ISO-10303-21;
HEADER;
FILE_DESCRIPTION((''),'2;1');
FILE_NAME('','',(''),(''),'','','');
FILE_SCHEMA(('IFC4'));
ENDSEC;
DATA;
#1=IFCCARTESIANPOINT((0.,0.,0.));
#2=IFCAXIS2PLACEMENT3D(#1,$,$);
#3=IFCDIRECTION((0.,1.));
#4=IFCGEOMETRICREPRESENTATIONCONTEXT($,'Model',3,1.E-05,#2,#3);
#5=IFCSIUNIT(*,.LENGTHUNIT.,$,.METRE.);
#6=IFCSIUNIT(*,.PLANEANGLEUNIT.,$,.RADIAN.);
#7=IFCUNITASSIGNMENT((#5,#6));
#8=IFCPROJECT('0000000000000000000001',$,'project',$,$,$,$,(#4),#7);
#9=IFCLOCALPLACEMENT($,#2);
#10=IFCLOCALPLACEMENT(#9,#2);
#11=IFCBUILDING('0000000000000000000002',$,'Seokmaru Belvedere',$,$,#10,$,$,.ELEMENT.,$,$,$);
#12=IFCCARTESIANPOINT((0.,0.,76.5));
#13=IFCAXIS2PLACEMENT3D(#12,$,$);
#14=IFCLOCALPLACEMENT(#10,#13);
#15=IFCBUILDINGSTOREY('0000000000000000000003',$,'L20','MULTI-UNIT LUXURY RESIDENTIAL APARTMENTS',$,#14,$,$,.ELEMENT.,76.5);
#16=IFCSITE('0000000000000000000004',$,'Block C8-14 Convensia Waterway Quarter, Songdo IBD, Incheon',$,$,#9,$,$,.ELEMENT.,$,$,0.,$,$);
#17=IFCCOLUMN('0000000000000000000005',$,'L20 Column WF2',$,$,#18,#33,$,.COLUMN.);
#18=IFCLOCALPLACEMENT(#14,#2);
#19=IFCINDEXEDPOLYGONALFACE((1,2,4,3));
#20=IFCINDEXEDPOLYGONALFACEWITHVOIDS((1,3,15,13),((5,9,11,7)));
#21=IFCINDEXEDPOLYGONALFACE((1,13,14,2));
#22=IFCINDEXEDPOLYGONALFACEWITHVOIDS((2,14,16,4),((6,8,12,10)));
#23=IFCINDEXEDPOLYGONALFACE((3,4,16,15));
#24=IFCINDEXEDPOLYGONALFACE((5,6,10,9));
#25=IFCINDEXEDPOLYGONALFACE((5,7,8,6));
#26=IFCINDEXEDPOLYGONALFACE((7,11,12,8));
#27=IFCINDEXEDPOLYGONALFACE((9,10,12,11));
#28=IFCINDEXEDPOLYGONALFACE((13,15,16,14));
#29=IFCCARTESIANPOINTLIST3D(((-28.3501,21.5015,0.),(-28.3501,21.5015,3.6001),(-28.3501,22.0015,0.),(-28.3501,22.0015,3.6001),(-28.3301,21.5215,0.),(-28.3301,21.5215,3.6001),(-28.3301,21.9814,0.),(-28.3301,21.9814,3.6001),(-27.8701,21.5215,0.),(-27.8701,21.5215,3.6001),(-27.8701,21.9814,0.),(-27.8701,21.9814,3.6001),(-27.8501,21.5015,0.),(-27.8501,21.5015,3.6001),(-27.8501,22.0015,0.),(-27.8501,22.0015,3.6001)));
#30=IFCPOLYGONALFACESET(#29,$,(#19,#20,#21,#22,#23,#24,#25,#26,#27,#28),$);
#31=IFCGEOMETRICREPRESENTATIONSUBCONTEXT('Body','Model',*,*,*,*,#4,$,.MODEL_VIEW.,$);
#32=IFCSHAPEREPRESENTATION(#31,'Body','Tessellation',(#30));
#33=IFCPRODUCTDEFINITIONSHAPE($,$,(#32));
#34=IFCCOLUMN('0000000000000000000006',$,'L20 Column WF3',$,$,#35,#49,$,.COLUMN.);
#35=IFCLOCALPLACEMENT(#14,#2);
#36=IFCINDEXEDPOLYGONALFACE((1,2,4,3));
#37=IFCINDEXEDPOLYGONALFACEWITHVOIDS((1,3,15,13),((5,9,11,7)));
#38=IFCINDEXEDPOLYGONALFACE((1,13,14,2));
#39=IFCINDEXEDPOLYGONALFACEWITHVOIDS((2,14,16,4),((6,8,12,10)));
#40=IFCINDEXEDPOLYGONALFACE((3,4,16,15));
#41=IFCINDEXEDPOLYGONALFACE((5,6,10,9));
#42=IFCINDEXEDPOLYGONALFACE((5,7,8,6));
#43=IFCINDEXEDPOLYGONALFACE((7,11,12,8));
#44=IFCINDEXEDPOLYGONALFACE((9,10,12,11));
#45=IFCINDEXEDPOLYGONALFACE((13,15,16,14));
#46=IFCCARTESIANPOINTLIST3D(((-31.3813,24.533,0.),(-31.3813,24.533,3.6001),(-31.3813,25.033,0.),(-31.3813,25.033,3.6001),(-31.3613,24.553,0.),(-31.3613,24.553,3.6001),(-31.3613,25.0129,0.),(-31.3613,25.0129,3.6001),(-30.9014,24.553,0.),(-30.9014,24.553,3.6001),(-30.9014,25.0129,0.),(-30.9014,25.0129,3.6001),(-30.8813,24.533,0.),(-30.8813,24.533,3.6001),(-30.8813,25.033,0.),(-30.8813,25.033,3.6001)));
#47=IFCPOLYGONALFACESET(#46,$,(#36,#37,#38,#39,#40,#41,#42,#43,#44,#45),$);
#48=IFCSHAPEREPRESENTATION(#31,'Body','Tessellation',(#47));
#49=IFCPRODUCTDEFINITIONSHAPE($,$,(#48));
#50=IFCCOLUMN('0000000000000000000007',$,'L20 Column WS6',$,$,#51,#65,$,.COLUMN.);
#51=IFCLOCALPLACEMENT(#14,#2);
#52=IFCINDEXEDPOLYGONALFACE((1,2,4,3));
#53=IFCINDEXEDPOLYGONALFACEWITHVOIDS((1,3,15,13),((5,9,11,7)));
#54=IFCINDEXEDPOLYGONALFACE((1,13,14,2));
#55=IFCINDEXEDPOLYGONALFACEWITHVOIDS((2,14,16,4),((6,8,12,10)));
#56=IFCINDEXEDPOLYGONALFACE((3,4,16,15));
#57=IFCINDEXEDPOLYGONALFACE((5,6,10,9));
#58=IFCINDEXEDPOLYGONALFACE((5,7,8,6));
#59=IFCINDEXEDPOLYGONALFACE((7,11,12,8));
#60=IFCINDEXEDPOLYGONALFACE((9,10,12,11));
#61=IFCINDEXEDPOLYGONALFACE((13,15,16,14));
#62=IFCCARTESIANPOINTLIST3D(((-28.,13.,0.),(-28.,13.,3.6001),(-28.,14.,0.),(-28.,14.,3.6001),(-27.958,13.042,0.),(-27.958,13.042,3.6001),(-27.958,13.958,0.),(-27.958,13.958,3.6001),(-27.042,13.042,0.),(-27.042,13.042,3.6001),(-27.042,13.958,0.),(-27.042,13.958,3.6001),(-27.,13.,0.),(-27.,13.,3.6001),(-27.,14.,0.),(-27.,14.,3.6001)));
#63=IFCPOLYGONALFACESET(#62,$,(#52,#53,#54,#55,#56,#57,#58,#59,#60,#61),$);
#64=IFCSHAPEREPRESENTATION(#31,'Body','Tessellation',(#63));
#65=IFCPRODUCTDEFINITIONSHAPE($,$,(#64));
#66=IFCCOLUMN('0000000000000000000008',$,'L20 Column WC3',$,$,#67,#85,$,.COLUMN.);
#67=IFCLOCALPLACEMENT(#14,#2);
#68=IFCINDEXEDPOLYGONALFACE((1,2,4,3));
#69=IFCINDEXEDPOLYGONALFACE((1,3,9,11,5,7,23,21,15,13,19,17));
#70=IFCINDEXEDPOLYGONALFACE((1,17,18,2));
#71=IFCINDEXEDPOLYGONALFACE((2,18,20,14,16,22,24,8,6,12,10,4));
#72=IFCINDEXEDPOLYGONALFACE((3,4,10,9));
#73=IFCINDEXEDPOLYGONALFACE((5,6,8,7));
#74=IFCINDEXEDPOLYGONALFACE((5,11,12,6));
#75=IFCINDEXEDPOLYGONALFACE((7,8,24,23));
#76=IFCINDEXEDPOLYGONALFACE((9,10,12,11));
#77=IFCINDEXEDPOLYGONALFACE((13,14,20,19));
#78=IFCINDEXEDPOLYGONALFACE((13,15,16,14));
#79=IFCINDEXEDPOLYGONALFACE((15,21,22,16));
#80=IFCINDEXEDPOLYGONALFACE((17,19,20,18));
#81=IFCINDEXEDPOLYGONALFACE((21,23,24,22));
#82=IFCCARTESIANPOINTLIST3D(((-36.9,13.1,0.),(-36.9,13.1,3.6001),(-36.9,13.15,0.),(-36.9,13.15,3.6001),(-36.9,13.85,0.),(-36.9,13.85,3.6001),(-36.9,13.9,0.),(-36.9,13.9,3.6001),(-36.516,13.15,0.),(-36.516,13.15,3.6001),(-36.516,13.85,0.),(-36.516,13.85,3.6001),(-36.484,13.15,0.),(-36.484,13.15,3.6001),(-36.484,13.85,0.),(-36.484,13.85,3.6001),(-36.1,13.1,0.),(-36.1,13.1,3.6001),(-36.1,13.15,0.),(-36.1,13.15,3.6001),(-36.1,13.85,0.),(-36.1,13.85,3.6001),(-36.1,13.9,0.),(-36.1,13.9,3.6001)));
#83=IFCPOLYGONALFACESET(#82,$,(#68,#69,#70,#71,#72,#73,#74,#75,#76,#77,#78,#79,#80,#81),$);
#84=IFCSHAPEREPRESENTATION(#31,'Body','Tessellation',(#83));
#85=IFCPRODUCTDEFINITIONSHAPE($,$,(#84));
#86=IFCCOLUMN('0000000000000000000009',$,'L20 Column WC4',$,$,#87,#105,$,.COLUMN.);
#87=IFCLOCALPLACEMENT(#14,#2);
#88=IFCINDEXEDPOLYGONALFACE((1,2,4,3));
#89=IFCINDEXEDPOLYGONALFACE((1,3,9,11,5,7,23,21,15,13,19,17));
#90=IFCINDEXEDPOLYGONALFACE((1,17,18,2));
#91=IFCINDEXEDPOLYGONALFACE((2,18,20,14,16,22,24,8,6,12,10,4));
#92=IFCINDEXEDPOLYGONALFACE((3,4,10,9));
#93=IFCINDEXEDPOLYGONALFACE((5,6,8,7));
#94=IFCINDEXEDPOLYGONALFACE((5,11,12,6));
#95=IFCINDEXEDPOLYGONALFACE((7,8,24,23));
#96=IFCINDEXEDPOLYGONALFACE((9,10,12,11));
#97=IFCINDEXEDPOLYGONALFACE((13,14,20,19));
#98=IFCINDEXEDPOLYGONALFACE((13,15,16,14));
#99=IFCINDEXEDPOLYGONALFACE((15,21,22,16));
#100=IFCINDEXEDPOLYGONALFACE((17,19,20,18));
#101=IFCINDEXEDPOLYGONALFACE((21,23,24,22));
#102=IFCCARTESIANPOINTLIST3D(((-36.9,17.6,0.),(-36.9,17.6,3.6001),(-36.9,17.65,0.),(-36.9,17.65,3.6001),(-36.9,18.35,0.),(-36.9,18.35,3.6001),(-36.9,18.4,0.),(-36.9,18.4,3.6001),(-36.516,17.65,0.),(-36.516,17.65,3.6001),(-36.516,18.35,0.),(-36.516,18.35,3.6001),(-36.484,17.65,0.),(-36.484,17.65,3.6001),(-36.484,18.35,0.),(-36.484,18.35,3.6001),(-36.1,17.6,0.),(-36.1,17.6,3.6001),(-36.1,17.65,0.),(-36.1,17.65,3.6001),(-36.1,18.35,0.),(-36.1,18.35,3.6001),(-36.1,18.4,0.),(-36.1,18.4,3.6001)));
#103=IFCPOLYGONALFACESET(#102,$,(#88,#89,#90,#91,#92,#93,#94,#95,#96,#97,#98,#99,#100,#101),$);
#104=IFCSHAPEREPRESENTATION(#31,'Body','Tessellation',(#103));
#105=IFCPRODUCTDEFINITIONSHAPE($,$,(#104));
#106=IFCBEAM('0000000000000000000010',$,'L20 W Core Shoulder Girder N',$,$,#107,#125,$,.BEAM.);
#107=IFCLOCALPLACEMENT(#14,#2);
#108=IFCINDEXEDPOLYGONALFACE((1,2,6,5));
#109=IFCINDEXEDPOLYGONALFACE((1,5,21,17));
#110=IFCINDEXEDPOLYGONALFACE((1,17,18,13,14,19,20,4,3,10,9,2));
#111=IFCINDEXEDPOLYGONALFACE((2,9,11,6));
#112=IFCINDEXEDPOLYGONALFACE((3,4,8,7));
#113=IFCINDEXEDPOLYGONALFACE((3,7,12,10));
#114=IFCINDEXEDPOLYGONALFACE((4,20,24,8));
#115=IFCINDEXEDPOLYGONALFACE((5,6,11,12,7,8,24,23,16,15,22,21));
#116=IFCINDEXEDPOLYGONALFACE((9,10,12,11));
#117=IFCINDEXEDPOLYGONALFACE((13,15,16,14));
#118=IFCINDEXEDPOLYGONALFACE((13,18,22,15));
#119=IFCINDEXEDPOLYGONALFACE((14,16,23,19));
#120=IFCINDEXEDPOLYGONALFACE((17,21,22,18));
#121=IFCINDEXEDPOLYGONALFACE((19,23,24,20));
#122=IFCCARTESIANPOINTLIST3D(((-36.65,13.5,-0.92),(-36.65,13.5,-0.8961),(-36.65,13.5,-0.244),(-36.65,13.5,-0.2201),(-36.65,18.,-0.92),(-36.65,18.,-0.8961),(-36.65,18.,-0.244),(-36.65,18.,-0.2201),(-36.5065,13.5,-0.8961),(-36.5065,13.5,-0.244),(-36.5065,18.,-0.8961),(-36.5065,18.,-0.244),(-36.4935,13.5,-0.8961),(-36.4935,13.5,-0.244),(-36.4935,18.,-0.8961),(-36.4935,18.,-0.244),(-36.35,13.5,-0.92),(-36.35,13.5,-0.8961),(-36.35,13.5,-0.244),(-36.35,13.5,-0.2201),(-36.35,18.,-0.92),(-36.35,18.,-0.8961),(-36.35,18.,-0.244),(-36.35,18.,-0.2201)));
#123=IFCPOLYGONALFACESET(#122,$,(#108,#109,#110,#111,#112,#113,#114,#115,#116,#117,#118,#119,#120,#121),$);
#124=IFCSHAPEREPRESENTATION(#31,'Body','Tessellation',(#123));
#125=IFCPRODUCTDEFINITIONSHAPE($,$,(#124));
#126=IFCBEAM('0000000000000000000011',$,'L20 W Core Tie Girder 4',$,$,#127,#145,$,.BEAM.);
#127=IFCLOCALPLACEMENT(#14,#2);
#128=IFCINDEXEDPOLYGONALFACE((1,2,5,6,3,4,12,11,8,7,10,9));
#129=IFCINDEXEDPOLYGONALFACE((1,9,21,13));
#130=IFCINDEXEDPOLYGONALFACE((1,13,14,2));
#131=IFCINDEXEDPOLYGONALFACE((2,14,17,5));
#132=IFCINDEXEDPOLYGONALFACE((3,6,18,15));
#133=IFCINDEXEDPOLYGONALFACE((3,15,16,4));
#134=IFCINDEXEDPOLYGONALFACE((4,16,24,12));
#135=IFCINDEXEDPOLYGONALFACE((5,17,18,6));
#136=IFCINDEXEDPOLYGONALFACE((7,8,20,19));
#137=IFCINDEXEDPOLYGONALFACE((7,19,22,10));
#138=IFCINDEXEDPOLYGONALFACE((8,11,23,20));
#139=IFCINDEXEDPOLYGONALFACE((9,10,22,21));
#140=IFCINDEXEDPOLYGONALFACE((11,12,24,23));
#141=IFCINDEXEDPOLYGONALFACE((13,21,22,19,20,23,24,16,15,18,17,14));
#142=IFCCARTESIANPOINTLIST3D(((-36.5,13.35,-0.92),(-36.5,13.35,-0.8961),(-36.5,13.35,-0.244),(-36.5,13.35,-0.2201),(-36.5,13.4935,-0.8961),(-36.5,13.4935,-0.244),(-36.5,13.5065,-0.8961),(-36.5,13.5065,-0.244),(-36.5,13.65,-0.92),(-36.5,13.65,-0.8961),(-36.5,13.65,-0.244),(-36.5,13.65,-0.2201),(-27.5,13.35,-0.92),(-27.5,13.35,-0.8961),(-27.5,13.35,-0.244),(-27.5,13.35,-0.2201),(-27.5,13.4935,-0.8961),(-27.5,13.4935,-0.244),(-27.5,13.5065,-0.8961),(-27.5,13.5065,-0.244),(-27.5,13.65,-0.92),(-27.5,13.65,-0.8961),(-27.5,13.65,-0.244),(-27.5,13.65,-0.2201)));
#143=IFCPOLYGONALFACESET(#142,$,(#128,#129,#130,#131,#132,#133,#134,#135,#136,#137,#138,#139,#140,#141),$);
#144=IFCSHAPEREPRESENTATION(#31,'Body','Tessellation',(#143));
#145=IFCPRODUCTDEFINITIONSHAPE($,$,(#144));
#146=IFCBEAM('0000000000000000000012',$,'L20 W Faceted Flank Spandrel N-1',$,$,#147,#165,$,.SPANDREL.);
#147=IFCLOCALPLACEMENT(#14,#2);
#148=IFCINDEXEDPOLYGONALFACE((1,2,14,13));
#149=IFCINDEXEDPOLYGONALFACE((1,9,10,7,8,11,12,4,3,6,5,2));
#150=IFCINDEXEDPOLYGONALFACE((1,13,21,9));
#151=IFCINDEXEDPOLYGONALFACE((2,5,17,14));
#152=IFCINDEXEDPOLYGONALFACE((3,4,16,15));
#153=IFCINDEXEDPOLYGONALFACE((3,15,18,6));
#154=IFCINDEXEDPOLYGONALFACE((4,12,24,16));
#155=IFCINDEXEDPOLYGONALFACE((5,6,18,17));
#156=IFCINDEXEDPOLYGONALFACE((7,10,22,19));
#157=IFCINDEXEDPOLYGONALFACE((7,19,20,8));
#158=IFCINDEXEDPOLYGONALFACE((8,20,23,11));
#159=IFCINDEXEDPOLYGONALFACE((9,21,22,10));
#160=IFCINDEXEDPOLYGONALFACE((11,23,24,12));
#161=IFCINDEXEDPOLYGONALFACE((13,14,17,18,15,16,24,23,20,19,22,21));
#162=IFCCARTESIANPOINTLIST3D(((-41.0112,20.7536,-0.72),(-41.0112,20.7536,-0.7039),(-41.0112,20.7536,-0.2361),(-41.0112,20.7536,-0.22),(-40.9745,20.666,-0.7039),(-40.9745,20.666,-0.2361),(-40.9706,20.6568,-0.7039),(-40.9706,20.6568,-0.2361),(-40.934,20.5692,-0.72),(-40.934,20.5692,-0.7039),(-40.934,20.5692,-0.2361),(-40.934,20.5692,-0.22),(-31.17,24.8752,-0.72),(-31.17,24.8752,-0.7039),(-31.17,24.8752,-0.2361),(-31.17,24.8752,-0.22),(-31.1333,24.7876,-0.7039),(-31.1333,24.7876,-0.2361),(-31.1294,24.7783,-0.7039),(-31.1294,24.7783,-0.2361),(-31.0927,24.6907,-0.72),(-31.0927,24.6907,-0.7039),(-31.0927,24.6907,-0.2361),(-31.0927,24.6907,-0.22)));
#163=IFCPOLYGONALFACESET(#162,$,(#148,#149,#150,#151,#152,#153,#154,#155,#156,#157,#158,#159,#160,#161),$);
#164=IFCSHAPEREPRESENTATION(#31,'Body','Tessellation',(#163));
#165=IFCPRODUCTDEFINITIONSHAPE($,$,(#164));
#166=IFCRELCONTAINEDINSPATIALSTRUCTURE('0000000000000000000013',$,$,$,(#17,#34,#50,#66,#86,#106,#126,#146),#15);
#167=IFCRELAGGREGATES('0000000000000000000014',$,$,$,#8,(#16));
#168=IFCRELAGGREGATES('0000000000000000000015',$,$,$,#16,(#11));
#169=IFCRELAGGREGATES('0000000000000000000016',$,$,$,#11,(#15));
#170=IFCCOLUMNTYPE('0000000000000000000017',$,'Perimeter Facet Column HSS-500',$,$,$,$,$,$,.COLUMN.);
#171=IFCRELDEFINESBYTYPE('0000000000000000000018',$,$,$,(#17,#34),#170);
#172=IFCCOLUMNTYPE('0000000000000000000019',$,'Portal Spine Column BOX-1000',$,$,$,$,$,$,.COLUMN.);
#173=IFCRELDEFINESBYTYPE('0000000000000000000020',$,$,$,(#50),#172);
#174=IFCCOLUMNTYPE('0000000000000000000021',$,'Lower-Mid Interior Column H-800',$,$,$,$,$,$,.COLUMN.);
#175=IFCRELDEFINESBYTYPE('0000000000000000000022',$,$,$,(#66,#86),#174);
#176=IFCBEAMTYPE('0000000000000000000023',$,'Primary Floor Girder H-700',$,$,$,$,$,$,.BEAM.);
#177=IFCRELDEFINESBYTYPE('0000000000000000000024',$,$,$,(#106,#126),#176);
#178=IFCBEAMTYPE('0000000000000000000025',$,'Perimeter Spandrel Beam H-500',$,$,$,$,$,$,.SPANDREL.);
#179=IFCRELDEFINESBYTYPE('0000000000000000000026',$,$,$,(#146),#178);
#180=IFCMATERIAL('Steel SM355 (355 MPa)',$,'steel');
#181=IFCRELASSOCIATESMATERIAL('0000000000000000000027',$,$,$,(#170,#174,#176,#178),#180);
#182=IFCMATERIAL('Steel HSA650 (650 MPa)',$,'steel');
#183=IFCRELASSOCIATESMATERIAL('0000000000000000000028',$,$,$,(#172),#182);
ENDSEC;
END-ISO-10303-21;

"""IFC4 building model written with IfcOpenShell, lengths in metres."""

from ifc_helpers import new_model, si_unit, direction, frame, origin, origin_2d, place, context, subcontext, project, spatial, hollow_rectangle, i_section, extrude, source, transform, mapped, material, material_profile, profile_set, type_object, type_shapes, element, save


model = new_model("IFC4")

# Units and contexts
model_context = context("Model", 3, precision=1e-05, world=origin(), true_north=direction((0.0, 1.0)))
body_context = subcontext(model_context, "Body", "Model", "MODEL_VIEW")
ifc_project = project(units=[si_unit("LENGTHUNIT", "METRE"), si_unit("PLANEANGLEUNIT", "RADIAN")], contexts=[model_context])

# Site, building, storey
site_placement = place(None, origin())
site = spatial("IfcSite", under=ifc_project, at=site_placement, Name="Block C8-14 Convensia Waterway Quarter, Songdo IBD, Incheon", CompositionType="ELEMENT", RefElevation=0.0)
building_placement = place(site_placement, origin())
building = spatial("IfcBuilding", under=site, at=building_placement, Name="Seokmaru Belvedere", CompositionType="ELEMENT")
storey_placement = place(building_placement, frame((0.0, 0.0, 76.5)))
storey = spatial("IfcBuildingStorey", under=building, at=storey_placement, Name="L20", Description="MULTI-UNIT LUXURY RESIDENTIAL APARTMENTS", CompositionType="ELEMENT", Elevation=76.5)

# Columns
ifc_material_1 = material(Name="Steel SM355 (355 MPa)", Category="steel")
ifc_material_profile_1 = material_profile(ifc_material_1, hollow_rectangle(XDim=0.5, YDim=0.5, WallThickness=0.02, at=origin_2d()), Name="HSS-500x500x20")
ifc_profile_set_1 = profile_set([ifc_material_profile_1], Name="Steel SM355 (355 MPa)")
column_type_1 = type_object("IfcColumnType", Name="Perimeter Facet Column HSS-500", PredefinedType="COLUMN", material=ifc_profile_set_1)
shared_shape_1 = source(origin(), body_context, "Body", "SweptSolid", [
    extrude(hollow_rectangle(XDim=0.5, YDim=0.5, WallThickness=0.02, at=origin_2d()), origin(), (0.0, 0.0, 1.0), 3.6001),
])
type_shapes(column_type_1, [shared_shape_1])
for number, where, z_axis, x_axis, name in (
    (1, (-28.1001, 21.7515, 0.0), (0.0, 0.0, 1.0), (1.0, 0.0, 0.0), "L20 Column WF2"),
    (2, (-31.1313, 24.783, 0.0), (0.0, 0.0, 1.0), (1.0, 0.0, 0.0), "L20 Column WF3"),
):
    element("IfcColumn", number, at=place(storey_placement, frame(where, z_axis=z_axis, x_axis=x_axis)), inside=storey, type_object=column_type_1, Name=name, PredefinedType="COLUMN", context=body_context, shape_type="MappedRepresentation", body=[
        mapped(shared_shape_1, transform((0.0, 0.0, 0.0), scale=1.0)),
    ])
ifc_material_2 = material(Name="Steel HSA650 (650 MPa)", Category="steel")
ifc_material_profile_2 = material_profile(ifc_material_2, hollow_rectangle(XDim=1.0, YDim=1.0, WallThickness=0.042, at=origin_2d()), Name="BOX-1000x1000x42")
ifc_profile_set_2 = profile_set([ifc_material_profile_2], Name="Steel HSA650 (650 MPa)")
column_type_2 = type_object("IfcColumnType", Name="Portal Spine Column BOX-1000", PredefinedType="COLUMN", material=ifc_profile_set_2)
shared_shape_2 = source(origin(), body_context, "Body", "SweptSolid", [
    extrude(hollow_rectangle(XDim=1.0, YDim=1.0, WallThickness=0.042, at=origin_2d()), origin(), (0.0, 0.0, 1.0), 3.6001),
])
type_shapes(column_type_2, [shared_shape_2])
column_placement = place(storey_placement, frame((-27.5, 13.5, 0.0), z_axis=(0.0, 0.0, 1.0), x_axis=(1.0, 0.0, 0.0)))
element("IfcColumn", 3, at=column_placement, inside=storey, type_object=column_type_2, Name="L20 Column WS6", PredefinedType="COLUMN", context=body_context, shape_type="MappedRepresentation", body=[
    mapped(shared_shape_2, transform((0.0, 0.0, 0.0), scale=1.0)),
])
ifc_material_profile_3 = material_profile(ifc_material_1, i_section(OverallWidth=0.8, OverallDepth=0.8, WebThickness=0.032, FlangeThickness=0.05, at=origin_2d()), Name="H-800x800x32x50")
ifc_profile_set_3 = profile_set([ifc_material_profile_3], Name="Steel SM355 (355 MPa)")
column_type_3 = type_object("IfcColumnType", Name="Lower-Mid Interior Column H-800", PredefinedType="COLUMN", material=ifc_profile_set_3)
shared_shape_3 = source(origin(), body_context, "Body", "SweptSolid", [
    extrude(i_section(OverallWidth=0.8, OverallDepth=0.8, WebThickness=0.032, FlangeThickness=0.05, at=origin_2d()), origin(), (0.0, 0.0, 1.0), 3.6001),
])
type_shapes(column_type_3, [shared_shape_3])
for number, where, z_axis, x_axis, name in (
    (4, (-36.5, 13.5, 0.0), (0.0, 0.0, 1.0), (1.0, 0.0, 0.0), "L20 Column WC3"),
    (5, (-36.5, 18.0, 0.0), (0.0, 0.0, 1.0), (1.0, 0.0, 0.0), "L20 Column WC4"),
):
    element("IfcColumn", number, at=place(storey_placement, frame(where, z_axis=z_axis, x_axis=x_axis)), inside=storey, type_object=column_type_3, Name=name, PredefinedType="COLUMN", context=body_context, shape_type="MappedRepresentation", body=[
        mapped(shared_shape_3, transform((0.0, 0.0, 0.0), scale=1.0)),
    ])

# Beams
ifc_material_profile_4 = material_profile(ifc_material_1, i_section(OverallWidth=0.3, OverallDepth=0.7, WebThickness=0.0129, FlangeThickness=0.0239, at=origin_2d()), Name="H-700x300x13x24")
ifc_profile_set_4 = profile_set([ifc_material_profile_4], Name="Steel SM355 (355 MPa)")
beam_type_1 = type_object("IfcBeamType", Name="Primary Floor Girder H-700", PredefinedType="BEAM", material=ifc_profile_set_4)
shared_shape_4 = source(origin(), body_context, "Body", "SweptSolid", [
    extrude(i_section(OverallWidth=0.3, OverallDepth=0.7, WebThickness=0.0129, FlangeThickness=0.0239, at=origin_2d()), origin(), (0.0, 0.0, 1.0), 4.5),
])
beam_1_placement = place(storey_placement, frame((-36.5, 13.5, -0.5701), z_axis=(0.0, 1.0, 0.0), x_axis=(-1.0, 0.0, 0.0)))
element("IfcBeam", 6, at=beam_1_placement, inside=storey, type_object=beam_type_1, Name="L20 W Core Shoulder Girder N", PredefinedType="BEAM", context=body_context, shape_type="MappedRepresentation", body=[
    mapped(shared_shape_4, transform((0.0, 0.0, 0.0), scale=1.0)),
])
shared_shape_5 = source(origin(), body_context, "Body", "SweptSolid", [
    extrude(i_section(OverallWidth=0.3, OverallDepth=0.7, WebThickness=0.0129, FlangeThickness=0.0239, at=origin_2d()), origin(), (0.0, 0.0, 1.0), 9.0),
])
type_shapes(beam_type_1, [shared_shape_4, shared_shape_5])
beam_2_placement = place(storey_placement, frame((-36.5, 13.5, -0.5701), z_axis=(1.0, 0.0, 0.0), x_axis=(0.0, 1.0, 0.0)))
element("IfcBeam", 7, at=beam_2_placement, inside=storey, type_object=beam_type_1, Name="L20 W Core Tie Girder 4", PredefinedType="BEAM", context=body_context, shape_type="MappedRepresentation", body=[
    mapped(shared_shape_5, transform((0.0, 0.0, 0.0), scale=1.0)),
])
ifc_material_profile_5 = material_profile(ifc_material_1, i_section(OverallWidth=0.2, OverallDepth=0.5, WebThickness=0.01, FlangeThickness=0.0161, at=origin_2d()), Name="H-500x200x10x16")
ifc_profile_set_5 = profile_set([ifc_material_profile_5], Name="Steel SM355 (355 MPa)")
beam_type_2 = type_object("IfcBeamType", Name="Perimeter Spandrel Beam H-500", PredefinedType="SPANDREL", material=ifc_profile_set_5)
shared_shape_6 = source(origin(), body_context, "Body", "SweptSolid", [
    extrude(i_section(OverallWidth=0.2, OverallDepth=0.5, WebThickness=0.01, FlangeThickness=0.0161, at=origin_2d()), origin(), (0.0, 0.0, 1.0), 10.6694),
])
beam_3_placement = place(storey_placement, frame((-31.1313, 24.783, -0.47), z_axis=(-0.922375, -0.386295, 0.0), x_axis=(0.386295, -0.922375, 0.0)))
element("IfcBeam", 8, at=beam_3_placement, inside=storey, type_object=beam_type_2, Name="L20 W Faceted Flank Spandrel N-1", PredefinedType="SPANDREL", context=body_context, shape_type="MappedRepresentation", body=[
    mapped(shared_shape_6, transform((0.0, 0.0, 0.0), scale=1.0)),
])

save(model, "model.ifc")
